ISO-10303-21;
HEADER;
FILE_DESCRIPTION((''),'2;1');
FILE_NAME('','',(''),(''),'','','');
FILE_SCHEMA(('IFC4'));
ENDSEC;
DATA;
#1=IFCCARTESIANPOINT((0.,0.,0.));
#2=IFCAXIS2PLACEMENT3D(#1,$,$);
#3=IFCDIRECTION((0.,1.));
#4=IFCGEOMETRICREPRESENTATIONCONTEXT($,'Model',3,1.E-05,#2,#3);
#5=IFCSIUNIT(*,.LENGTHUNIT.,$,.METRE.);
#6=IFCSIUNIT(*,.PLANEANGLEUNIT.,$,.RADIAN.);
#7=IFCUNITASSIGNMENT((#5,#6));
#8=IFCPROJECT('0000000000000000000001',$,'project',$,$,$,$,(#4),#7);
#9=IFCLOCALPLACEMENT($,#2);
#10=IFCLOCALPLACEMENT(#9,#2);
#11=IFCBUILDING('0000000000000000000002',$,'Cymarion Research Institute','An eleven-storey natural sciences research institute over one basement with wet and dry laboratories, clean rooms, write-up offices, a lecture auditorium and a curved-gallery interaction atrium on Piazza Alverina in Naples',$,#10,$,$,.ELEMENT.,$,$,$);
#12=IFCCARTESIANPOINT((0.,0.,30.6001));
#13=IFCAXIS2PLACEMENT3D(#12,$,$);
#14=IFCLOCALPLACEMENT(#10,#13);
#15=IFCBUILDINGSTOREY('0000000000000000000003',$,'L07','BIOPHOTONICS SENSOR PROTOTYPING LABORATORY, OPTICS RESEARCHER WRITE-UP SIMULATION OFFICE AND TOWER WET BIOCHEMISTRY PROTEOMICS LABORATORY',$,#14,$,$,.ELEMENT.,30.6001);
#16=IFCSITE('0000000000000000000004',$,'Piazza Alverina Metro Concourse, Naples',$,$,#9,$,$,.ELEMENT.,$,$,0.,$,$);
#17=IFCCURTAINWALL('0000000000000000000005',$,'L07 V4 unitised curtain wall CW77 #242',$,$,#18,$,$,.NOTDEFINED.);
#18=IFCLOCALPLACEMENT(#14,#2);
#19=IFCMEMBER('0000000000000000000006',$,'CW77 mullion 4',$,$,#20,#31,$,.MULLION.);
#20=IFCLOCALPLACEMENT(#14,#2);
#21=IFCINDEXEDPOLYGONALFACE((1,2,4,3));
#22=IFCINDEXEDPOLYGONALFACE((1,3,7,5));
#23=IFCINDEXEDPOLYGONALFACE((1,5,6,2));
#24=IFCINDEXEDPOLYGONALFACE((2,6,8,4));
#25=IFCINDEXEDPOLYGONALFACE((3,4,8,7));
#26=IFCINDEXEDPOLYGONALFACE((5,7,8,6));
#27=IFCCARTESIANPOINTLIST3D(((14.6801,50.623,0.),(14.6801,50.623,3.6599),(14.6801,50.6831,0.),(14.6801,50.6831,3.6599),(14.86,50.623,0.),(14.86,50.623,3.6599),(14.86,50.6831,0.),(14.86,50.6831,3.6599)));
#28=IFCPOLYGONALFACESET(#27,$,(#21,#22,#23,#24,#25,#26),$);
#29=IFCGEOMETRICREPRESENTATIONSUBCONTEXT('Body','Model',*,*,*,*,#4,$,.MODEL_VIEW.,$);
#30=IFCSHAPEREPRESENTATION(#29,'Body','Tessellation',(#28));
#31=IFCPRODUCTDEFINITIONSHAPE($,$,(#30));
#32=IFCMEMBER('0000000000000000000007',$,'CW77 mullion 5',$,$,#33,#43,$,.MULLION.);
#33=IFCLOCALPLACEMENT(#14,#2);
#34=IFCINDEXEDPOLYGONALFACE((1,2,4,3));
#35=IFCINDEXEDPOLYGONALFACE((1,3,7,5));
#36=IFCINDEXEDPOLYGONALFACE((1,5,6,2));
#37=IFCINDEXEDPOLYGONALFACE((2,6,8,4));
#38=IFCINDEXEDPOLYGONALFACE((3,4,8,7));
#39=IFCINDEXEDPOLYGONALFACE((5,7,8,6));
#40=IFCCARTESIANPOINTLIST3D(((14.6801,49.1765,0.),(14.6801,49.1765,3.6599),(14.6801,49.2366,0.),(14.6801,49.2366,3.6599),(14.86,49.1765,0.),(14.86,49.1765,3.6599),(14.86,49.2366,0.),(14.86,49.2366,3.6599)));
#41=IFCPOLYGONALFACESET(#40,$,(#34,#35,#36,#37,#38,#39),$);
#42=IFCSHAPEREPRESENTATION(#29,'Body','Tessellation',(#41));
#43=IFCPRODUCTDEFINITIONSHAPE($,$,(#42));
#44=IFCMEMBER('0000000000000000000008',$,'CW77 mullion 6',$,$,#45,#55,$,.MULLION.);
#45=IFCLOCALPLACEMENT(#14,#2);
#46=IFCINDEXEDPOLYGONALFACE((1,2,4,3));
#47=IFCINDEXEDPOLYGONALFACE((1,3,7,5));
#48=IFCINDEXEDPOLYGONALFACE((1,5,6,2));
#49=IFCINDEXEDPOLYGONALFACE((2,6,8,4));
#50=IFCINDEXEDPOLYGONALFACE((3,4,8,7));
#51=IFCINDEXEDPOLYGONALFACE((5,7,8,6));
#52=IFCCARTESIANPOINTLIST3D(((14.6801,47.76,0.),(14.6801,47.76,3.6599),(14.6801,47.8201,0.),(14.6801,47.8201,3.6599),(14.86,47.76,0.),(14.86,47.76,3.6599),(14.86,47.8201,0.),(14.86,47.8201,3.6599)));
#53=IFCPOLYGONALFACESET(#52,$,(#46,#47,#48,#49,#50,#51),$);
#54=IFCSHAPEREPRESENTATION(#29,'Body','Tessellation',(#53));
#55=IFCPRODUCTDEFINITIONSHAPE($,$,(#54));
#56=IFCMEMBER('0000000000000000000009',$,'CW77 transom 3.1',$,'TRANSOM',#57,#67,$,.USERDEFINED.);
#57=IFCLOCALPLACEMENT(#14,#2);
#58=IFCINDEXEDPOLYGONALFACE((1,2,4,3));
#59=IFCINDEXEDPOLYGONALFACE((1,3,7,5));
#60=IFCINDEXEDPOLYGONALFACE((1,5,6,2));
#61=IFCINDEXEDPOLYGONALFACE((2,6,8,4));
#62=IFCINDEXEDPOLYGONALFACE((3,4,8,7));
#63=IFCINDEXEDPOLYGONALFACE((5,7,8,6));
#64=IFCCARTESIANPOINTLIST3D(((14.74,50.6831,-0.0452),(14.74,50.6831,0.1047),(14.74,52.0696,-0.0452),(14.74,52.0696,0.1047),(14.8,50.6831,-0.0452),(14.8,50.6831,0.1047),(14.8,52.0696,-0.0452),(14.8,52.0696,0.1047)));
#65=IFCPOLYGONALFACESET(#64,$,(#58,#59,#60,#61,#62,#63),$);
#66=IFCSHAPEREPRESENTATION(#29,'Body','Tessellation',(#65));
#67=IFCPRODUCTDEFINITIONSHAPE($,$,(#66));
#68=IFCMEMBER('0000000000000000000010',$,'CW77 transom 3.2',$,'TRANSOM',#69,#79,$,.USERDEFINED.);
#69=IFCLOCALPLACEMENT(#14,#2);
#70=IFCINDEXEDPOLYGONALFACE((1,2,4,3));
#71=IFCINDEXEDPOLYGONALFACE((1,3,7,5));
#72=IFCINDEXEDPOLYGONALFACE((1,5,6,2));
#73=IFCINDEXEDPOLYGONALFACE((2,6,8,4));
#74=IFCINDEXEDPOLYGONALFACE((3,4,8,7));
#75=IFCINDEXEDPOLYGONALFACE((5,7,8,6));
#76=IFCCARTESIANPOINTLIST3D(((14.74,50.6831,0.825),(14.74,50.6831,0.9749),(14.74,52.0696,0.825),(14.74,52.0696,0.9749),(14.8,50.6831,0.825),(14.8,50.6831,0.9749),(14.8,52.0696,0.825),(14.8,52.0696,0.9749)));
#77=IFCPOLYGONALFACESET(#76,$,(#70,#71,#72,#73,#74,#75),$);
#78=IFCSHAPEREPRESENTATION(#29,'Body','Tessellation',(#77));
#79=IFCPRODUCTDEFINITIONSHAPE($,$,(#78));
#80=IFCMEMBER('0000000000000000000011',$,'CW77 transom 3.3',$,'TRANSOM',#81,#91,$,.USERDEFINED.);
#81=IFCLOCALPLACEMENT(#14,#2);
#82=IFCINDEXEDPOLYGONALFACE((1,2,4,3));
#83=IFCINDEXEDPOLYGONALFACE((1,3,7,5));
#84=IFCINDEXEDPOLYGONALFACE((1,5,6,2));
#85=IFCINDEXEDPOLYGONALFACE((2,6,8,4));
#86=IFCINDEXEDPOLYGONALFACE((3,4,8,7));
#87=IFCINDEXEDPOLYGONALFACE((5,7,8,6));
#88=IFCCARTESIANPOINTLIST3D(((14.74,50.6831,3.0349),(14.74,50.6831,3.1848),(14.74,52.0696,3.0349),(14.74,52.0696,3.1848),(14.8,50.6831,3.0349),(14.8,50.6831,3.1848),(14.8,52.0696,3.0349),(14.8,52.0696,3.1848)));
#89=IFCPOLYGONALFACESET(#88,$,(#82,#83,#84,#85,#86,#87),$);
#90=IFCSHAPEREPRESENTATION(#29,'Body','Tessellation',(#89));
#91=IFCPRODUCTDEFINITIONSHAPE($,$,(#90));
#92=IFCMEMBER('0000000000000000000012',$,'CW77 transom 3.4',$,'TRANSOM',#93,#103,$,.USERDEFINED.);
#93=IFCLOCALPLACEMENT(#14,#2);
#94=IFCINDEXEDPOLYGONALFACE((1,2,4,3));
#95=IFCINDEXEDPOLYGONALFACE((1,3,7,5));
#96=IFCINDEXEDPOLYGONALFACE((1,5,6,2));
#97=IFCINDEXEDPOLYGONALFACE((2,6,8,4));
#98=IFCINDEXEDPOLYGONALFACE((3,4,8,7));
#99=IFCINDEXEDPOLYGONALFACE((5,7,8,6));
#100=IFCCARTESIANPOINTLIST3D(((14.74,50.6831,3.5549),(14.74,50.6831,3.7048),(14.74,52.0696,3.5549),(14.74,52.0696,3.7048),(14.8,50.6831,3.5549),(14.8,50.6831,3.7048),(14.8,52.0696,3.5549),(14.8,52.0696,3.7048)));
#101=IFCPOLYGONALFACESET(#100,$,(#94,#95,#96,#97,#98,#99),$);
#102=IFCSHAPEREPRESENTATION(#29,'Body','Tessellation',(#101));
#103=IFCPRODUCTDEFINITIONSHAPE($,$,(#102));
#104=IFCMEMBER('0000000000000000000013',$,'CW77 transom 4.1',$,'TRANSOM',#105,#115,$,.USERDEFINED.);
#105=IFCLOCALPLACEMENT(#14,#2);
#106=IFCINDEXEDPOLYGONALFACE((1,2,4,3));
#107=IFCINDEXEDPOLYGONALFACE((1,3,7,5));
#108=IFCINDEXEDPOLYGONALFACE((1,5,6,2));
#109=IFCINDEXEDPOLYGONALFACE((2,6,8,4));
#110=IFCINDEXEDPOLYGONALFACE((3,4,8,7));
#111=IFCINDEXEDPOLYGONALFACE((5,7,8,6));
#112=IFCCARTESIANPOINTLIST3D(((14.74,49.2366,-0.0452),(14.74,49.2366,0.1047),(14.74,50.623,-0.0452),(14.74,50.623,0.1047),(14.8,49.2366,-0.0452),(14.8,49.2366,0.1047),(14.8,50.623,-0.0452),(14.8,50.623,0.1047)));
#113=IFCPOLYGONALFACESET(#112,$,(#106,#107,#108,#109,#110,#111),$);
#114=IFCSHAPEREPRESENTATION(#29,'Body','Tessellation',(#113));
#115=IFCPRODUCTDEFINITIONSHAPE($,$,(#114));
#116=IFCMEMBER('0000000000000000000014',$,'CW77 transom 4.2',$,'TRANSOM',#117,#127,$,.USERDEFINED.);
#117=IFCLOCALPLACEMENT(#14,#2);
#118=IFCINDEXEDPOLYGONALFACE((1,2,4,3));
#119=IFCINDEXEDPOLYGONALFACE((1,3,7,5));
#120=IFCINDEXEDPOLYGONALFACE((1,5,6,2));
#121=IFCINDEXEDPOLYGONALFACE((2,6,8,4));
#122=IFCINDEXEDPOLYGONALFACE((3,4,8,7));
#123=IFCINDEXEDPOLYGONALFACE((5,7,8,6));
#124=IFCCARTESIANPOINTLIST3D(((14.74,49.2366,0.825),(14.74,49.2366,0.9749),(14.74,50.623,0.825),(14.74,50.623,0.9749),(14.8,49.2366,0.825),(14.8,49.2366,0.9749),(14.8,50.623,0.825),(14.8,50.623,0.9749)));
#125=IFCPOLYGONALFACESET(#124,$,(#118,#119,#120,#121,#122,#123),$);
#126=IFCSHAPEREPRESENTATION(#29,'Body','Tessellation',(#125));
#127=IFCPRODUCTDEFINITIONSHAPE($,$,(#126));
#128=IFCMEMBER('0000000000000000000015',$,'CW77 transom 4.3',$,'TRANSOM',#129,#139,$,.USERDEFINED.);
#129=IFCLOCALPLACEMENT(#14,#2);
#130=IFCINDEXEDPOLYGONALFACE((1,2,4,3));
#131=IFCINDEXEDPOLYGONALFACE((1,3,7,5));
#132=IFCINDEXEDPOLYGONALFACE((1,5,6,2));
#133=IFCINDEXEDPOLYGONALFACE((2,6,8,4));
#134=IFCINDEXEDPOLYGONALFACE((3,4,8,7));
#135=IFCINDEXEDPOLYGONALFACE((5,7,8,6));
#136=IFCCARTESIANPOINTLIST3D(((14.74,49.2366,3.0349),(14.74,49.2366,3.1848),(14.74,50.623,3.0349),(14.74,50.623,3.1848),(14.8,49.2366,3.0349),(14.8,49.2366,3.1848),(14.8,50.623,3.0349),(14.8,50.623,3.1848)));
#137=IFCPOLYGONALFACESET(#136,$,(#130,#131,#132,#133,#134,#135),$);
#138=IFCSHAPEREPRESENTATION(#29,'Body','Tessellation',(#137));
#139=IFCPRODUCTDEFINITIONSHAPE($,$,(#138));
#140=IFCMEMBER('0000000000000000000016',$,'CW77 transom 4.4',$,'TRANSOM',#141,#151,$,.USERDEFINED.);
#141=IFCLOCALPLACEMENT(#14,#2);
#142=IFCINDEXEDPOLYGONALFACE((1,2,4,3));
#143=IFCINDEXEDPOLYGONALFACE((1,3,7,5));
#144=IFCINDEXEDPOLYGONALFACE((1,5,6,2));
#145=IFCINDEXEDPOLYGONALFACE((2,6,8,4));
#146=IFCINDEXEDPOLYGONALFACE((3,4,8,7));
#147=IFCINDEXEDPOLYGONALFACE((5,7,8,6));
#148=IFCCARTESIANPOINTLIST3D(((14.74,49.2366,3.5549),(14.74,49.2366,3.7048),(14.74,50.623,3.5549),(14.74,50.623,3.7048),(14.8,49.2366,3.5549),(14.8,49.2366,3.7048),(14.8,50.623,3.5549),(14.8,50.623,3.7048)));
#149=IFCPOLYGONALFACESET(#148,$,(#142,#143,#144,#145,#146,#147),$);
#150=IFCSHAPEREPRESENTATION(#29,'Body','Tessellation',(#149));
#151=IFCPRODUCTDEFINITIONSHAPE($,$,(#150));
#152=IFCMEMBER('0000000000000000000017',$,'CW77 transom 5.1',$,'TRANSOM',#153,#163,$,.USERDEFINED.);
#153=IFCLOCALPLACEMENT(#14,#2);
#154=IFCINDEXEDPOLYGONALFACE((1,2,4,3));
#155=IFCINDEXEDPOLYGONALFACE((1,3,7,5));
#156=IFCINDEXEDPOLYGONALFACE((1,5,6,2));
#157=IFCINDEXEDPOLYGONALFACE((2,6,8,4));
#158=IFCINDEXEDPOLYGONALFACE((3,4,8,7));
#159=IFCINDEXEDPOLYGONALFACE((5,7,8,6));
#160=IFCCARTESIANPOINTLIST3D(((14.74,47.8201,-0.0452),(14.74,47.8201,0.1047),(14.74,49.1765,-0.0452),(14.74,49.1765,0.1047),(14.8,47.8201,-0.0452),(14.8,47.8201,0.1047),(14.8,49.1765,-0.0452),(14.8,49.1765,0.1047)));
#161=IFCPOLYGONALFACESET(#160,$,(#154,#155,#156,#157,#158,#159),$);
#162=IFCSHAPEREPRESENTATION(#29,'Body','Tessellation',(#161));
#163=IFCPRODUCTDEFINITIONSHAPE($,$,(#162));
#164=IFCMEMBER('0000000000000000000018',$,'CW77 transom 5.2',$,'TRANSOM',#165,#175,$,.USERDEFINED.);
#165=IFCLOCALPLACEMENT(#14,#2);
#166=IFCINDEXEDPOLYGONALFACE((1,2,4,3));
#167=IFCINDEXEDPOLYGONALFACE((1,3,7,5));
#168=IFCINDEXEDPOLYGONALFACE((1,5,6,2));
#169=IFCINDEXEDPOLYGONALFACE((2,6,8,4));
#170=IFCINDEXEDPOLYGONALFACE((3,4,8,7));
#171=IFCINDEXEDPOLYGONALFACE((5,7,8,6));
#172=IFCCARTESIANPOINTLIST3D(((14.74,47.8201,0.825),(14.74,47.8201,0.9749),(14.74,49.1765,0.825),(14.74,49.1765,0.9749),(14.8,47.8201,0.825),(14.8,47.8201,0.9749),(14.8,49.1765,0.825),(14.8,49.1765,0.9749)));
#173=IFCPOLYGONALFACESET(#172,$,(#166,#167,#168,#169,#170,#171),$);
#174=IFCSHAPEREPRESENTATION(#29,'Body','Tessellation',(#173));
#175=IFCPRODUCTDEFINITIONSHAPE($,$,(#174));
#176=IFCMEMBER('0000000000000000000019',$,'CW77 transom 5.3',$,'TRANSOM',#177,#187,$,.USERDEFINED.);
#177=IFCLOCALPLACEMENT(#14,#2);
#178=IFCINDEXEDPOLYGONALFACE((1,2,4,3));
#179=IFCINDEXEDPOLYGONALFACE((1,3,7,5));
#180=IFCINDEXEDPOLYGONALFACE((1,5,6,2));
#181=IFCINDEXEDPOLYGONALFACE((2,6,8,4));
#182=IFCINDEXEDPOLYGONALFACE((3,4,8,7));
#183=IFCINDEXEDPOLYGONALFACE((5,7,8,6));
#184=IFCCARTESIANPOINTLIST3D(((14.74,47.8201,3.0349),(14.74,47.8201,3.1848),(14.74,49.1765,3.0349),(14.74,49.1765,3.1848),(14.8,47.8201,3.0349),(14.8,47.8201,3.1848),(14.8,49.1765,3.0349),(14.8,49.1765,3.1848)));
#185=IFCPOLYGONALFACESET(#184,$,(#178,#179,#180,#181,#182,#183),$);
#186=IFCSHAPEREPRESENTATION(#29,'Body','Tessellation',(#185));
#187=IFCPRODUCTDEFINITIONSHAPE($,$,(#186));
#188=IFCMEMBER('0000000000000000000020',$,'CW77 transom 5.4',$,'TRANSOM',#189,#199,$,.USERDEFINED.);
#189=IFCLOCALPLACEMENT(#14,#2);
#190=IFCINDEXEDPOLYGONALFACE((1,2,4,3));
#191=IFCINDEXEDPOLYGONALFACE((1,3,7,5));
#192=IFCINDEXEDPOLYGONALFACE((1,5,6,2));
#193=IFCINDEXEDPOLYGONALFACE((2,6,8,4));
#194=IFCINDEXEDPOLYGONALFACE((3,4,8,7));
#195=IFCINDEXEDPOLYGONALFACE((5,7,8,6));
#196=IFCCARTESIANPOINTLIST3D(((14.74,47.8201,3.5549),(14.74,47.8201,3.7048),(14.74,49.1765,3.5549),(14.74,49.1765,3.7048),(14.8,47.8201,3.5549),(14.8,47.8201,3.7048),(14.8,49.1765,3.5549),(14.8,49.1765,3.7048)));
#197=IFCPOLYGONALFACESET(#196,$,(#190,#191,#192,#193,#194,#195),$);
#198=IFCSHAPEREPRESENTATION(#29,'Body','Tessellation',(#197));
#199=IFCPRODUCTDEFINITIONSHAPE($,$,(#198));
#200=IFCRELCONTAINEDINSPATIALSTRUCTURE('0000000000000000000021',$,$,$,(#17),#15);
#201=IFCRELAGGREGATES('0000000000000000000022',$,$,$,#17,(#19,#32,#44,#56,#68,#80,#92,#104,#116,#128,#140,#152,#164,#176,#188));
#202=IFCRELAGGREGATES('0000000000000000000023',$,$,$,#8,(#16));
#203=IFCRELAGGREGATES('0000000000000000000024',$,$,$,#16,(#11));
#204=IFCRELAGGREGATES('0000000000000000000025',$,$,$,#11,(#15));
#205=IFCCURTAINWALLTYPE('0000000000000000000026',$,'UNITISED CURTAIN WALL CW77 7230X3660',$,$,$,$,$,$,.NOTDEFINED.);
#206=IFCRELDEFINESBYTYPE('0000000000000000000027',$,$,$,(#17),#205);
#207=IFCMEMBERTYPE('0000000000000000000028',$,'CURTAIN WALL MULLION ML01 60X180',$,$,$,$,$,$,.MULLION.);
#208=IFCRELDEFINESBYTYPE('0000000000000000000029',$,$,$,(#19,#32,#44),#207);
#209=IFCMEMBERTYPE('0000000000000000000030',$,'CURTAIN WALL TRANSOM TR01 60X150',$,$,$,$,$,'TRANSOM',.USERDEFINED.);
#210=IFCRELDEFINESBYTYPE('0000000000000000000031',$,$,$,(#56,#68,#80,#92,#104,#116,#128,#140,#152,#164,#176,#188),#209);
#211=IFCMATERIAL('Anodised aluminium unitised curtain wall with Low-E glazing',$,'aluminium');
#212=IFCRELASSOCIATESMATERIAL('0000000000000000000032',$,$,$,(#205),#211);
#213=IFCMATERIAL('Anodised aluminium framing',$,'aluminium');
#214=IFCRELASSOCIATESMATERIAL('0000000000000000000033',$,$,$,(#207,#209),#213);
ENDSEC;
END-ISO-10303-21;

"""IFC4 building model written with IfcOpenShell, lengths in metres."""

from ifc_helpers import new_model, si_unit, direction, frame, origin, origin_2d, place, context, subcontext, project, spatial, rectangle, extrude, material, material_profile, profile_set, type_object, element, aggregate, save


model = new_model("IFC4")

# Units and contexts
model_context = context("Model", 3, precision=1e-05, world=origin(), true_north=direction((0.0, 1.0)))
body_context = subcontext(model_context, "Body", "Model", "MODEL_VIEW")
ifc_project = project(units=[si_unit("LENGTHUNIT", "METRE"), si_unit("PLANEANGLEUNIT", "RADIAN")], contexts=[model_context])

# Site, building, storey
site_placement = place(None, origin())
site = spatial("IfcSite", under=ifc_project, at=site_placement, Name="Piazza Alverina Metro Concourse, Naples", CompositionType="ELEMENT", RefElevation=0.0)
building_placement = place(site_placement, origin())
building = spatial("IfcBuilding", under=site, at=building_placement, Name="Cymarion Research Institute", Description="An eleven-storey natural sciences research institute over one basement with wet and dry laboratories, clean rooms, write-up offices, a lecture auditorium and a curved-gallery interaction atrium on Piazza Alverina in Naples", CompositionType="ELEMENT")
storey_placement = place(building_placement, frame((0.0, 0.0, 30.6001)))
storey = spatial("IfcBuildingStorey", under=building, at=storey_placement, Name="L07", Description="BIOPHOTONICS SENSOR PROTOTYPING LABORATORY, OPTICS RESEARCHER WRITE-UP SIMULATION OFFICE AND TOWER WET BIOCHEMISTRY PROTEOMICS LABORATORY", CompositionType="ELEMENT", Elevation=30.6001)

# Curtain wall, members
ifc_material_1 = material(Name="Anodised aluminium unitised curtain wall with Low-E glazing", Category="aluminium")
curtain_wall_type = type_object("IfcCurtainWallType", Name="UNITISED CURTAIN WALL CW77 7230X3660", PredefinedType="NOTDEFINED", material=ifc_material_1)
curtain_wall_placement = place(storey_placement, origin())
curtain_wall = element("IfcCurtainWall", 1, at=curtain_wall_placement, inside=storey, type_object=curtain_wall_type, Name="L07 V4 unitised curtain wall CW77 #242", PredefinedType="NOTDEFINED")
ifc_material_2 = material(Name="Anodised aluminium framing", Category="aluminium")
ifc_material_profile_1 = material_profile(ifc_material_2, rectangle(XDim=0.0601, YDim=0.1799, at=origin_2d()), Name="ALU MULLION 60x180")
ifc_profile_set_1 = profile_set([ifc_material_profile_1], Name="Anodised aluminium framing")
member_type_1 = type_object("IfcMemberType", Name="CURTAIN WALL MULLION ML01 60X180", PredefinedType="MULLION", material=ifc_profile_set_1)
member_1_placement = place(storey_placement, frame((14.77, 50.6531, 0.0), z_axis=(0.0, 0.0, 1.0), x_axis=(0.0, -1.0, 0.0)))
member_1 = element("IfcMember", 2, at=member_1_placement, type_object=member_type_1, Name="CW77 mullion 4", PredefinedType="MULLION", context=body_context, shape_type="SweptSolid", body=[
    extrude(rectangle(XDim=0.0601, YDim=0.1799, at=origin_2d()), origin(), (0.0, 0.0, 1.0), 3.6599),
])
member_2_placement = place(storey_placement, frame((14.77, 49.2065, 0.0), z_axis=(0.0, 0.0, 1.0), x_axis=(0.0, -1.0, 0.0)))
member_2 = element("IfcMember", 3, at=member_2_placement, type_object=member_type_1, Name="CW77 mullion 5", PredefinedType="MULLION", context=body_context, shape_type="SweptSolid", body=[
    extrude(rectangle(XDim=0.0601, YDim=0.1799, at=origin_2d()), origin(), (0.0, 0.0, 1.0), 3.6599),
])
member_3_placement = place(storey_placement, frame((14.77, 47.79, 0.0), z_axis=(0.0, 0.0, 1.0), x_axis=(0.0, -1.0, 0.0)))
member_3 = element("IfcMember", 4, at=member_3_placement, type_object=member_type_1, Name="CW77 mullion 6", PredefinedType="MULLION", context=body_context, shape_type="SweptSolid", body=[
    extrude(rectangle(XDim=0.0601, YDim=0.1799, at=origin_2d()), origin(), (0.0, 0.0, 1.0), 3.6599),
])
ifc_material_profile_2 = material_profile(ifc_material_2, rectangle(XDim=0.0601, YDim=0.1499, at=origin_2d()), Name="ALU TRANSOM 60x150")
ifc_profile_set_2 = profile_set([ifc_material_profile_2], Name="Anodised aluminium framing")
member_type_2 = type_object("IfcMemberType", Name="CURTAIN WALL TRANSOM TR01 60X150", ElementType="TRANSOM", PredefinedType="USERDEFINED", material=ifc_profile_set_2)
member_4_placement = place(storey_placement, frame((14.77, 52.0696, 0.0298), z_axis=(0.0, -1.0, 0.0), x_axis=(1.0, 0.0, 0.0)))
member_4 = element("IfcMember", 5, at=member_4_placement, type_object=member_type_2, Name="CW77 transom 3.1", ObjectType="TRANSOM", PredefinedType="USERDEFINED", context=body_context, shape_type="SweptSolid", body=[
    extrude(rectangle(XDim=0.0601, YDim=0.1499, at=origin_2d()), origin(), (0.0, 0.0, 1.0), 1.3865),
])
member_5_placement = place(storey_placement, frame((14.77, 52.0696, 0.8999), z_axis=(0.0, -1.0, 0.0), x_axis=(1.0, 0.0, 0.0)))
member_5 = element("IfcMember", 6, at=member_5_placement, type_object=member_type_2, Name="CW77 transom 3.2", ObjectType="TRANSOM", PredefinedType="USERDEFINED", context=body_context, shape_type="SweptSolid", body=[
    extrude(rectangle(XDim=0.0601, YDim=0.1499, at=origin_2d()), origin(), (0.0, 0.0, 1.0), 1.3865),
])
member_6_placement = place(storey_placement, frame((14.77, 52.0696, 3.1099), z_axis=(0.0, -1.0, 0.0), x_axis=(1.0, 0.0, 0.0)))
member_6 = element("IfcMember", 7, at=member_6_placement, type_object=member_type_2, Name="CW77 transom 3.3", ObjectType="TRANSOM", PredefinedType="USERDEFINED", context=body_context, shape_type="SweptSolid", body=[
    extrude(rectangle(XDim=0.0601, YDim=0.1499, at=origin_2d()), origin(), (0.0, 0.0, 1.0), 1.3865),
])
member_7_placement = place(storey_placement, frame((14.77, 52.0696, 3.6299), z_axis=(0.0, -1.0, 0.0), x_axis=(1.0, 0.0, 0.0)))
member_7 = element("IfcMember", 8, at=member_7_placement, type_object=member_type_2, Name="CW77 transom 3.4", ObjectType="TRANSOM", PredefinedType="USERDEFINED", context=body_context, shape_type="SweptSolid", body=[
    extrude(rectangle(XDim=0.0601, YDim=0.1499, at=origin_2d()), origin(), (0.0, 0.0, 1.0), 1.3865),
])
member_8_placement = place(storey_placement, frame((14.77, 50.623, 0.0298), z_axis=(0.0, -1.0, 0.0), x_axis=(1.0, 0.0, 0.0)))
member_8 = element("IfcMember", 9, at=member_8_placement, type_object=member_type_2, Name="CW77 transom 4.1", ObjectType="TRANSOM", PredefinedType="USERDEFINED", context=body_context, shape_type="SweptSolid", body=[
    extrude(rectangle(XDim=0.0601, YDim=0.1499, at=origin_2d()), origin(), (0.0, 0.0, 1.0), 1.3865),
])
member_9_placement = place(storey_placement, frame((14.77, 50.623, 0.8999), z_axis=(0.0, -1.0, 0.0), x_axis=(1.0, 0.0, 0.0)))
member_9 = element("IfcMember", 10, at=member_9_placement, type_object=member_type_2, Name="CW77 transom 4.2", ObjectType="TRANSOM", PredefinedType="USERDEFINED", context=body_context, shape_type="SweptSolid", body=[
    extrude(rectangle(XDim=0.0601, YDim=0.1499, at=origin_2d()), origin(), (0.0, 0.0, 1.0), 1.3865),
])
member_10_placement = place(storey_placement, frame((14.77, 50.623, 3.1099), z_axis=(0.0, -1.0, 0.0), x_axis=(1.0, 0.0, 0.0)))
member_10 = element("IfcMember", 11, at=member_10_placement, type_object=member_type_2, Name="CW77 transom 4.3", ObjectType="TRANSOM", PredefinedType="USERDEFINED", context=body_context, shape_type="SweptSolid", body=[
    extrude(rectangle(XDim=0.0601, YDim=0.1499, at=origin_2d()), origin(), (0.0, 0.0, 1.0), 1.3865),
])
member_11_placement = place(storey_placement, frame((14.77, 50.623, 3.6299), z_axis=(0.0, -1.0, 0.0), x_axis=(1.0, 0.0, 0.0)))
member_11 = element("IfcMember", 12, at=member_11_placement, type_object=member_type_2, Name="CW77 transom 4.4", ObjectType="TRANSOM", PredefinedType="USERDEFINED", context=body_context, shape_type="SweptSolid", body=[
    extrude(rectangle(XDim=0.0601, YDim=0.1499, at=origin_2d()), origin(), (0.0, 0.0, 1.0), 1.3865),
])
member_12_placement = place(storey_placement, frame((14.77, 49.1765, 0.0298), z_axis=(0.0, -1.0, 0.0), x_axis=(1.0, 0.0, 0.0)))
member_12 = element("IfcMember", 13, at=member_12_placement, type_object=member_type_2, Name="CW77 transom 5.1", ObjectType="TRANSOM", PredefinedType="USERDEFINED", context=body_context, shape_type="SweptSolid", body=[
    extrude(rectangle(XDim=0.0601, YDim=0.1499, at=origin_2d()), origin(), (0.0, 0.0, 1.0), 1.3564),
])
member_13_placement = place(storey_placement, frame((14.77, 49.1765, 0.8999), z_axis=(0.0, -1.0, 0.0), x_axis=(1.0, 0.0, 0.0)))
member_13 = element("IfcMember", 14, at=member_13_placement, type_object=member_type_2, Name="CW77 transom 5.2", ObjectType="TRANSOM", PredefinedType="USERDEFINED", context=body_context, shape_type="SweptSolid", body=[
    extrude(rectangle(XDim=0.0601, YDim=0.1499, at=origin_2d()), origin(), (0.0, 0.0, 1.0), 1.3564),
])
member_14_placement = place(storey_placement, frame((14.77, 49.1765, 3.1099), z_axis=(0.0, -1.0, 0.0), x_axis=(1.0, 0.0, 0.0)))
member_14 = element("IfcMember", 15, at=member_14_placement, type_object=member_type_2, Name="CW77 transom 5.3", ObjectType="TRANSOM", PredefinedType="USERDEFINED", context=body_context, shape_type="SweptSolid", body=[
    extrude(rectangle(XDim=0.0601, YDim=0.1499, at=origin_2d()), origin(), (0.0, 0.0, 1.0), 1.3564),
])
member_15_placement = place(storey_placement, frame((14.77, 49.1765, 3.6299), z_axis=(0.0, -1.0, 0.0), x_axis=(1.0, 0.0, 0.0)))
member_15 = element("IfcMember", 16, at=member_15_placement, type_object=member_type_2, Name="CW77 transom 5.4", ObjectType="TRANSOM", PredefinedType="USERDEFINED", context=body_context, shape_type="SweptSolid", body=[
    extrude(rectangle(XDim=0.0601, YDim=0.1499, at=origin_2d()), origin(), (0.0, 0.0, 1.0), 1.3564),
])

aggregate(curtain_wall, [member_1, member_2, member_3, member_4, member_5, member_6, member_7, member_8, member_9, member_10, member_11, member_12, member_13, member_14, member_15])

save(model, "model.ifc")
